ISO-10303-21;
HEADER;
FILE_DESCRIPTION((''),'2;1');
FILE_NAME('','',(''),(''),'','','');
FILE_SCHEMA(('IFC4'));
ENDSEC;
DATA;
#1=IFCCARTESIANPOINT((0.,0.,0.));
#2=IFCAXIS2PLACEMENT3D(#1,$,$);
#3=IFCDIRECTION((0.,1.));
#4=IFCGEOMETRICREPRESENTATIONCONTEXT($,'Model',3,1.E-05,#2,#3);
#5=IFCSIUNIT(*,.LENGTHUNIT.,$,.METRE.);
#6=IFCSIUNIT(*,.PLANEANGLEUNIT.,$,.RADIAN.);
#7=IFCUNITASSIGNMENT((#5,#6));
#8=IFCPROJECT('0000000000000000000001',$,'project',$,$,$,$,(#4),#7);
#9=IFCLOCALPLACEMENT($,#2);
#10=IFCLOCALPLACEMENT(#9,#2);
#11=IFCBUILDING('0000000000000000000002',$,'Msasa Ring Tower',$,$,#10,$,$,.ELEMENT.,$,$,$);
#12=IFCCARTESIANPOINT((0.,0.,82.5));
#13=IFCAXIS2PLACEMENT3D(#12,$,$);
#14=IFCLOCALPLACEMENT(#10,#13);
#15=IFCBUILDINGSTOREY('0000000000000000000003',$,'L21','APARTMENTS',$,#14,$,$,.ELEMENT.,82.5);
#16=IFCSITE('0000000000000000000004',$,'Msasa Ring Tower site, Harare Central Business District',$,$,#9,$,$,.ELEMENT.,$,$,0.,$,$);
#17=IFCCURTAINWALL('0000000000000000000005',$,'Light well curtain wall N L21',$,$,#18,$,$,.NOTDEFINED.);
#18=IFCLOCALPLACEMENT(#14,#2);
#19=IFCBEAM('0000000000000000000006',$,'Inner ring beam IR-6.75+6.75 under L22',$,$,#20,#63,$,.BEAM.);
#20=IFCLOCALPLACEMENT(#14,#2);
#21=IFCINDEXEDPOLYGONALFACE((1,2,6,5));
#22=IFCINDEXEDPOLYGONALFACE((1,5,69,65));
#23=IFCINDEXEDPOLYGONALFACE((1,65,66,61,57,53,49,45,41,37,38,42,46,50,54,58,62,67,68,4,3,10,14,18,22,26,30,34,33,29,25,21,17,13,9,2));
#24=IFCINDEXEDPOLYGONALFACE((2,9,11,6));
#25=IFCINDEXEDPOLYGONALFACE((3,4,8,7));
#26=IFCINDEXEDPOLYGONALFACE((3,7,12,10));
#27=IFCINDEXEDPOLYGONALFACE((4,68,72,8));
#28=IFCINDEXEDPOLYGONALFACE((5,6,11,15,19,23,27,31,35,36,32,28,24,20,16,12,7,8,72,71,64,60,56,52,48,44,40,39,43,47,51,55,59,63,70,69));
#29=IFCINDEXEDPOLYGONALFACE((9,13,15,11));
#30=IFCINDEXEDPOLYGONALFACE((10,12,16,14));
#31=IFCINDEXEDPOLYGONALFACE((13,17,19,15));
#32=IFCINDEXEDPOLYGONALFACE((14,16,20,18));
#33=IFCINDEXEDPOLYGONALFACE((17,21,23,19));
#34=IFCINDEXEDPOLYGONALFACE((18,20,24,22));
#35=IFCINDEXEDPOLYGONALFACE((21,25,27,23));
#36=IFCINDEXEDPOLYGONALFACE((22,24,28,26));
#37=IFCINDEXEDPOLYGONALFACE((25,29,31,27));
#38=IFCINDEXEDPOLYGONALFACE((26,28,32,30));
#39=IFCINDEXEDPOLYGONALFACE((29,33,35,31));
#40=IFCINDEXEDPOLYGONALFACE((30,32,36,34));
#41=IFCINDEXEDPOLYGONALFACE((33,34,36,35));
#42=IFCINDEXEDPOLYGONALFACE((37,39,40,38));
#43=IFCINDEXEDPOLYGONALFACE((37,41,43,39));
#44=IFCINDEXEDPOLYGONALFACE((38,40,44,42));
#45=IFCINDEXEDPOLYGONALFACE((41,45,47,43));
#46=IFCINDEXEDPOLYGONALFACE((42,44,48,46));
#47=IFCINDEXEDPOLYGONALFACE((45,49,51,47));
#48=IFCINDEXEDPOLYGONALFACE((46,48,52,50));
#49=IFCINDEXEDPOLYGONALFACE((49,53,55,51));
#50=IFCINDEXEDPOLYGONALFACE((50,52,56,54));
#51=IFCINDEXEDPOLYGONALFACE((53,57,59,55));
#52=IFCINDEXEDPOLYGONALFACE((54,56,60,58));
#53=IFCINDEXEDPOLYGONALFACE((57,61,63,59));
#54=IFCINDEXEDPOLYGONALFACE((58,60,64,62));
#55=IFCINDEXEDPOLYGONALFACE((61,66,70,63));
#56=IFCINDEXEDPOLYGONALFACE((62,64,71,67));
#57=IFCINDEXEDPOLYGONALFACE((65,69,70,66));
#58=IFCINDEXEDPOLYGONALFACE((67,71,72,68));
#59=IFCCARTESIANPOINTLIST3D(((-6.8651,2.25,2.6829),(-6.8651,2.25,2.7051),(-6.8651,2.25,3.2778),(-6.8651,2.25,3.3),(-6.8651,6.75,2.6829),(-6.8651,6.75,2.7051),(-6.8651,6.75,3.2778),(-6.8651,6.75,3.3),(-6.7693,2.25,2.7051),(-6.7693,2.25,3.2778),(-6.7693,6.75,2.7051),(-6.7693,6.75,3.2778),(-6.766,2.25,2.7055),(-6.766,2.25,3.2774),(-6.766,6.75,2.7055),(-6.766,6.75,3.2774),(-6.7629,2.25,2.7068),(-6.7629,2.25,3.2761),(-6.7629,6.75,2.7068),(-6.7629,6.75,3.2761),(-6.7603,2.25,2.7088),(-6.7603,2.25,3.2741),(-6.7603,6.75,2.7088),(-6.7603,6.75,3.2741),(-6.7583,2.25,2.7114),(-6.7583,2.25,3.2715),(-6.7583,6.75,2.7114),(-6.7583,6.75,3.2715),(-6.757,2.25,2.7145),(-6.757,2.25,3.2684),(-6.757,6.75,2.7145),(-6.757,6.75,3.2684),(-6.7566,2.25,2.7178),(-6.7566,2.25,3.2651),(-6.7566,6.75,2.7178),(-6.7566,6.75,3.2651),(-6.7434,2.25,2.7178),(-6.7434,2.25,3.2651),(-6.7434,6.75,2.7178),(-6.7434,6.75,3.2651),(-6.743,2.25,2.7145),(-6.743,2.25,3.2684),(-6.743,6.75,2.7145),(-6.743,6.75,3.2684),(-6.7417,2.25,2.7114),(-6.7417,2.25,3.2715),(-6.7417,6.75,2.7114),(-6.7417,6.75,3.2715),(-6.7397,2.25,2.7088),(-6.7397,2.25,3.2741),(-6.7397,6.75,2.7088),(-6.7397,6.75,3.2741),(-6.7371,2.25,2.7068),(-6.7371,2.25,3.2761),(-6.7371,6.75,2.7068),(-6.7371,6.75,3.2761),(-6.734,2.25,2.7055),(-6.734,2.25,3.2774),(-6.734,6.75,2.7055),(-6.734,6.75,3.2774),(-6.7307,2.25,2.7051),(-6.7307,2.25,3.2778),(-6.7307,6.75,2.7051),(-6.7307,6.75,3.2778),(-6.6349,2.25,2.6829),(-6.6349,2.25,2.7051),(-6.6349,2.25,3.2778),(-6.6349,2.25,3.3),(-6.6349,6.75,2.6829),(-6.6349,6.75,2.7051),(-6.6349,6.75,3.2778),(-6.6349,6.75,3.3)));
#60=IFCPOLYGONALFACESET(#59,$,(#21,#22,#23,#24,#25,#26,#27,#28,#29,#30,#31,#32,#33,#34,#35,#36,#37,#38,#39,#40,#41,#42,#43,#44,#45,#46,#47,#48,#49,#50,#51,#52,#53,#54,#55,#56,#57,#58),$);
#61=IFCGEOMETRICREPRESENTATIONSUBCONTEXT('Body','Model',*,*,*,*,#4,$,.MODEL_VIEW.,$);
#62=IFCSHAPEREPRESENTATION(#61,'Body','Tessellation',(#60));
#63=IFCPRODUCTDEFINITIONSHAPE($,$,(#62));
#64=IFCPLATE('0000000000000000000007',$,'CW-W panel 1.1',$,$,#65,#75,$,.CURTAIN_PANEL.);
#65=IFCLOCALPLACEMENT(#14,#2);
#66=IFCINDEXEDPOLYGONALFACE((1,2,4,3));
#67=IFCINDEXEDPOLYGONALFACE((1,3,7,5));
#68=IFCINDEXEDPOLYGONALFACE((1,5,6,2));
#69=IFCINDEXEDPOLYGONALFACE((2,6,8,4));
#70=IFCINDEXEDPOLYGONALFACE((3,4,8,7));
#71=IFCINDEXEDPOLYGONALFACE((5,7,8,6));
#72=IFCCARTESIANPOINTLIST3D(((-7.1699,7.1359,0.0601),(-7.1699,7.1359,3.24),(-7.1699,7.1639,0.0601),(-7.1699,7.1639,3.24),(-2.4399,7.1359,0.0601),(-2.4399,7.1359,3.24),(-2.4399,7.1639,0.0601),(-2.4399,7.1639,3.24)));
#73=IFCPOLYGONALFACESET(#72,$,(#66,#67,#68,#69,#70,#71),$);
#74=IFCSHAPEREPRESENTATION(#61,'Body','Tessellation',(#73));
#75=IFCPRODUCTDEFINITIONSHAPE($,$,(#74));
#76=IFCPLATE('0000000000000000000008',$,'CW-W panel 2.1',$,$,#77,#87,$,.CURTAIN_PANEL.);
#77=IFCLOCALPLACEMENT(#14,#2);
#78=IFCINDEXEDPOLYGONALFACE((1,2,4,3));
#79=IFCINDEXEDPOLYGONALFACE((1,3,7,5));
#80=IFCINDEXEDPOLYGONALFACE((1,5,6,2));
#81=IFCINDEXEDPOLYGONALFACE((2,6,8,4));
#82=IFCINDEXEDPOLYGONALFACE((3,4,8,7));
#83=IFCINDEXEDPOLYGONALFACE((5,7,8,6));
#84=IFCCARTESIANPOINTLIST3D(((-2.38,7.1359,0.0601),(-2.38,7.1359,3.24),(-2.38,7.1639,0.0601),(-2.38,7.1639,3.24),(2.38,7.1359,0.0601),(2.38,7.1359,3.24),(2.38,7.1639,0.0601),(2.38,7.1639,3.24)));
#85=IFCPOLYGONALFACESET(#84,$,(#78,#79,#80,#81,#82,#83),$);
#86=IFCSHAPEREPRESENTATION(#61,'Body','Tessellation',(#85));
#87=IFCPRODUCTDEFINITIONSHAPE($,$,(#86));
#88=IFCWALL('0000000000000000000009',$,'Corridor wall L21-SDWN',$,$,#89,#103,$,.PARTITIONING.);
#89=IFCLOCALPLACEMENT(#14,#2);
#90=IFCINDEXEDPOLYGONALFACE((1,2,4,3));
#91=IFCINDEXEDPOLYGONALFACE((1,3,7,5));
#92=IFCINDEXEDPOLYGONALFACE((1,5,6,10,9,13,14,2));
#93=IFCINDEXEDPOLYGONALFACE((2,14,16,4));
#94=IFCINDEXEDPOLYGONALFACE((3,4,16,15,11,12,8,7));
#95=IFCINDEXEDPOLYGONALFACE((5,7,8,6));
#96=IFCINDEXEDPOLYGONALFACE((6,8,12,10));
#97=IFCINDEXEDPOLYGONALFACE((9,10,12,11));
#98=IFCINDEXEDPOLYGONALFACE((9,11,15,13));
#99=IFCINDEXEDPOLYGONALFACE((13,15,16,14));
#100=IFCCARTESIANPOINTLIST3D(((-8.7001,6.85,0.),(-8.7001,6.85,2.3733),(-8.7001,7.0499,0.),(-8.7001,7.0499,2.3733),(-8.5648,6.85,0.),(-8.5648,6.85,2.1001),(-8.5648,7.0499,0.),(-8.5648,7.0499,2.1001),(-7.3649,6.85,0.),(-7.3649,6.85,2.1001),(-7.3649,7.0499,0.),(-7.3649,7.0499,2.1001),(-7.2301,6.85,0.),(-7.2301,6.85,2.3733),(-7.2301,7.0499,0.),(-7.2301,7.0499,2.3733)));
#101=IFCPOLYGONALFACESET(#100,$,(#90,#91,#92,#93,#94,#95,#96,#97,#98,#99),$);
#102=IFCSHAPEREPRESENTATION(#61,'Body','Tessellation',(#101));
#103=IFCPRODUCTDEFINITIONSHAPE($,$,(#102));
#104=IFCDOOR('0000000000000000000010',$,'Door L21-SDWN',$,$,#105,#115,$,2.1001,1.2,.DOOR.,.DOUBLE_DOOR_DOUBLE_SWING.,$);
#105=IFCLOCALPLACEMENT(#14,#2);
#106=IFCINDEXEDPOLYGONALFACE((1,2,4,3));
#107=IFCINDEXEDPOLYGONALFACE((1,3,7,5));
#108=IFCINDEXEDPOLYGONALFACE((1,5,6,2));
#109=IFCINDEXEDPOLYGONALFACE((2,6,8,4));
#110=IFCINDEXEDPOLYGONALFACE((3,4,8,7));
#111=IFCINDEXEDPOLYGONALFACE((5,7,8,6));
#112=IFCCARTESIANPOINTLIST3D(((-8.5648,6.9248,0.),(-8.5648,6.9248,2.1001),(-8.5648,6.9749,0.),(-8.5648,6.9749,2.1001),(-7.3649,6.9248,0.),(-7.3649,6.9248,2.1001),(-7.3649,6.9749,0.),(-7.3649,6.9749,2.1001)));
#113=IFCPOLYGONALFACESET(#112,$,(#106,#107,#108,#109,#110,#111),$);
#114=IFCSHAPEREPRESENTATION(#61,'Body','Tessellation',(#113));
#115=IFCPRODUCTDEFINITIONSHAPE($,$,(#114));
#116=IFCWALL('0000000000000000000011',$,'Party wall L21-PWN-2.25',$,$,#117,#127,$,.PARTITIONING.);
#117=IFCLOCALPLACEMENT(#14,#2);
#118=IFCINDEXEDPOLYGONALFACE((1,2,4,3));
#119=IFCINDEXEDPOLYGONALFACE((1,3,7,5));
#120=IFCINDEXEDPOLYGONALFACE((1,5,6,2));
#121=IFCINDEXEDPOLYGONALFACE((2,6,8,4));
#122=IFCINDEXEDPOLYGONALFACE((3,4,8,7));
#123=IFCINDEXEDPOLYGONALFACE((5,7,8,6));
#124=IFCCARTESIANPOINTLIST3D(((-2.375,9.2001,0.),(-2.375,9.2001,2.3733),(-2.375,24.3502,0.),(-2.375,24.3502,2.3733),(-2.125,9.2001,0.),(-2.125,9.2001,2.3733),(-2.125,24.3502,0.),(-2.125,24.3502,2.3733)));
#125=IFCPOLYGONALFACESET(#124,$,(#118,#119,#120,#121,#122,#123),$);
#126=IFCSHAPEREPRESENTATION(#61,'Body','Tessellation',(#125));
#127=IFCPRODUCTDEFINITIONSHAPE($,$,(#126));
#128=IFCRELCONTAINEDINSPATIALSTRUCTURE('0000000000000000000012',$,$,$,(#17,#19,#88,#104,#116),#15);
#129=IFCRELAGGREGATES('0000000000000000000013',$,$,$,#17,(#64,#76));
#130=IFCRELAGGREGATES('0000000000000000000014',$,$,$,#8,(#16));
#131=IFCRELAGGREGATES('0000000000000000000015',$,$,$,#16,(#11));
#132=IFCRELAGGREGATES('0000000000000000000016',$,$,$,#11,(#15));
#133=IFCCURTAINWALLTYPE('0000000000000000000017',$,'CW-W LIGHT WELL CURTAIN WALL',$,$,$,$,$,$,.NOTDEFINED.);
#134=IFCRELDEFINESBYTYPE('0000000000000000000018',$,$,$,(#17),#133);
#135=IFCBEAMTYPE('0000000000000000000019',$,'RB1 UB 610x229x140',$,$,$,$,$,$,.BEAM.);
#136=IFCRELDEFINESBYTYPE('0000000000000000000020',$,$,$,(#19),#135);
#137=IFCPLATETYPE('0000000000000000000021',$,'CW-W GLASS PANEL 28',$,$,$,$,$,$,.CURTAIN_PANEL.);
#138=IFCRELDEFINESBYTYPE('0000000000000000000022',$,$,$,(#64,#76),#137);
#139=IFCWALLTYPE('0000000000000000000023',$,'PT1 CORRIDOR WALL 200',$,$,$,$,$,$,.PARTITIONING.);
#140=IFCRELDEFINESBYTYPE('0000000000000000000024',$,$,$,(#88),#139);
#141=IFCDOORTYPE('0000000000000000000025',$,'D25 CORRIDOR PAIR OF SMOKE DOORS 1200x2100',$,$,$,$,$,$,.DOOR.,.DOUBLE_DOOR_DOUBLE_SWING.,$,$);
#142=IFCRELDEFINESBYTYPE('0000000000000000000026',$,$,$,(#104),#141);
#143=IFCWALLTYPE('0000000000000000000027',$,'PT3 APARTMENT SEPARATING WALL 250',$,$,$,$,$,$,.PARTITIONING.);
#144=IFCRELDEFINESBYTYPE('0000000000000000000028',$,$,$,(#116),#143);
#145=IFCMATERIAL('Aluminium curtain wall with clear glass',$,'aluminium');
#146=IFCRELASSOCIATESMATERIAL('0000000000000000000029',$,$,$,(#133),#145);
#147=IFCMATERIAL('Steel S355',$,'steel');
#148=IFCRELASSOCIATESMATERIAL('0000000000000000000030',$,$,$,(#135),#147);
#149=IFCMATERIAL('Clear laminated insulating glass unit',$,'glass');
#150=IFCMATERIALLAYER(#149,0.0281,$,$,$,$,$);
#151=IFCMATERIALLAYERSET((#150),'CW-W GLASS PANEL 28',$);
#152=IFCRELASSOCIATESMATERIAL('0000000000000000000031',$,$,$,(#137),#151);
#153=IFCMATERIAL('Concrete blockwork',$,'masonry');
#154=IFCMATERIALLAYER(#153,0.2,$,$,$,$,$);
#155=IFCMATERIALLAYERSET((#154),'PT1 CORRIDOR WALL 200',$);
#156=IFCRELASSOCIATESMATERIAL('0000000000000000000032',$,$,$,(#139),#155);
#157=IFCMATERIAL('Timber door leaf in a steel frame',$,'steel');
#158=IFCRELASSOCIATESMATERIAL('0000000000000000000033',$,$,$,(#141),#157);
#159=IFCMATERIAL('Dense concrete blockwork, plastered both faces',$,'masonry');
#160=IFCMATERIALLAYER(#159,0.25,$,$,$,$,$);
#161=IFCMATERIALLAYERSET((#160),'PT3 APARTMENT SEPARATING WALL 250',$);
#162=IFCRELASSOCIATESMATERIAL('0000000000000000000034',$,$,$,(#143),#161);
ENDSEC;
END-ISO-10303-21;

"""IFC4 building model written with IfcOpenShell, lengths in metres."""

from ifc_helpers import new_model, si_unit, direction, frame, frame_2d, origin, origin_2d, place, context, subcontext, project, spatial, rectangle, i_section, extrude, material, layer, layer_set, material_profile, profile_set, type_object, element, fill, aggregate, save


model = new_model("IFC4")

# Units and contexts
model_context = context("Model", 3, precision=1e-05, world=origin(), true_north=direction((0.0, 1.0)))
body_context = subcontext(model_context, "Body", "Model", "MODEL_VIEW")
ifc_project = project(units=[si_unit("LENGTHUNIT", "METRE"), si_unit("PLANEANGLEUNIT", "RADIAN")], contexts=[model_context])

# Site, building, storey
site_placement = place(None, origin())
site = spatial("IfcSite", under=ifc_project, at=site_placement, Name="Msasa Ring Tower site, Harare Central Business District", CompositionType="ELEMENT", RefElevation=0.0)
building_placement = place(site_placement, origin())
building = spatial("IfcBuilding", under=site, at=building_placement, Name="Msasa Ring Tower", CompositionType="ELEMENT")
storey_placement = place(building_placement, frame((0.0, 0.0, 82.5)))
storey = spatial("IfcBuildingStorey", under=building, at=storey_placement, Name="L21", Description="APARTMENTS", CompositionType="ELEMENT", Elevation=82.5)

# Curtain wall
ifc_material_1 = material(Name="Aluminium curtain wall with clear glass", Category="aluminium")
curtain_wall_type = type_object("IfcCurtainWallType", Name="CW-W LIGHT WELL CURTAIN WALL", PredefinedType="NOTDEFINED", material=ifc_material_1)
curtain_wall_1_placement = place(storey_placement, origin())
curtain_wall_1 = element("IfcCurtainWall", 1, at=curtain_wall_1_placement, inside=storey, type_object=curtain_wall_type, Name="Light well curtain wall N L21", PredefinedType="NOTDEFINED")

# Beam
ifc_material_2 = material(Name="Steel S355", Category="steel")
ifc_material_profile_1 = material_profile(ifc_material_2, i_section(OverallWidth=0.2302, OverallDepth=0.6172, WebThickness=0.0132, FlangeThickness=0.0222, FilletRadius=0.0127, at=origin_2d()), Name="UB 610x229x140")
ifc_profile_set_1 = profile_set([ifc_material_profile_1], Name="Steel S355")
beam_type = type_object("IfcBeamType", Name="RB1 UB 610x229x140", PredefinedType="BEAM", material=ifc_profile_set_1)
for number, where, z_axis, x_axis, name in (
    (2, (-6.75, 6.75, 2.9915), (0.0, -1.0, 0.0), (1.0, 0.0, 0.0), "Inner ring beam IR-6.75+6.75 under L22"),
):
    element("IfcBeam", number, at=place(storey_placement, frame(where, z_axis=z_axis, x_axis=x_axis)), inside=storey, type_object=beam_type, Name=name, PredefinedType="BEAM", context=body_context, shape_type="SweptSolid", body=[
        extrude(i_section(OverallWidth=0.2302, OverallDepth=0.6172, WebThickness=0.0132, FlangeThickness=0.0222, FilletRadius=0.0127, at=origin_2d()), origin(), (0.0, 0.0, 1.0), 4.5),
    ])

# Plates
ifc_material_3 = material(Name="Clear laminated insulating glass unit", Category="glass")
ifc_layer_1 = layer(ifc_material_3, 0.0281)
ifc_layer_set_1 = layer_set([ifc_layer_1], Name="CW-W GLASS PANEL 28")
plate_type = type_object("IfcPlateType", Name="CW-W GLASS PANEL 28", PredefinedType="CURTAIN_PANEL", material=ifc_layer_set_1)
plate_1_placement = place(storey_placement, frame((-4.8049, 7.1499, 0.0601), z_axis=(0.0, 0.0, 1.0), x_axis=(1.0, 0.0, 0.0)))
plate_1 = element("IfcPlate", 3, at=plate_1_placement, type_object=plate_type, Name="CW-W panel 1.1", PredefinedType="CURTAIN_PANEL", context=body_context, shape_type="SweptSolid", body=[
    extrude(rectangle(XDim=4.73, YDim=0.0281, at=origin_2d()), origin(), (0.0, 0.0, 1.0), 3.1799),
])
plate_2_placement = place(storey_placement, frame((0.0, 7.1499, 0.0601), z_axis=(0.0, 0.0, 1.0), x_axis=(1.0, 0.0, 0.0)))
plate_2 = element("IfcPlate", 4, at=plate_2_placement, type_object=plate_type, Name="CW-W panel 2.1", PredefinedType="CURTAIN_PANEL", context=body_context, shape_type="SweptSolid", body=[
    extrude(rectangle(XDim=4.76, YDim=0.0281, at=origin_2d()), origin(), (0.0, 0.0, 1.0), 3.1799),
])
aggregate(curtain_wall_1, [plate_1, plate_2])

# Wall, opening, door
ifc_material_4 = material(Name="Concrete blockwork", Category="masonry")
ifc_layer_2 = layer(ifc_material_4, 0.2)
ifc_layer_set_2 = layer_set([ifc_layer_2], Name="PT1 CORRIDOR WALL 200")
wall_type_1 = type_object("IfcWallType", Name="PT1 CORRIDOR WALL 200", PredefinedType="PARTITIONING", material=ifc_layer_set_2)
wall_1_placement = place(storey_placement, frame((-8.7, 6.95, 0.0), z_axis=(0.0, 0.0, 1.0), x_axis=(1.0, 0.0, 0.0)))
wall_1 = element("IfcWall", 5, at=wall_1_placement, inside=storey, type_object=wall_type_1, Name="Corridor wall L21-SDWN", PredefinedType="PARTITIONING", context=body_context, shape_type="SweptSolid", body=[
    extrude(rectangle(XDim=1.47, YDim=0.2, at=frame_2d((0.7349, 0.0))), origin(), (0.0, 0.0, 1.0), 2.3733),
])
opening_1_placement = place(wall_1_placement, frame((0.135, 0.0, 0.0)))
opening_1 = element("IfcOpeningElement", 6, at=opening_1_placement, cuts=wall_1, PredefinedType="OPENING", context=body_context, shape_type="SweptSolid", body=[
    extrude(rectangle(XDim=1.2, YDim=2.1001, at=frame_2d((0.6001, 1.05))), frame((0.0, 0.1099, 0.0), z_axis=(0.0, -1.0, 0.0), x_axis=(1.0, 0.0, 0.0)), (0.0, 0.0, 1.0), 0.22),
])
ifc_material_5 = material(Name="Timber door leaf in a steel frame", Category="steel")
door_type_1 = type_object("IfcDoorType", Name="D25 CORRIDOR PAIR OF SMOKE DOORS 1200x2100", OperationType="DOUBLE_DOOR_DOUBLE_SWING", PredefinedType="DOOR", material=ifc_material_5)
door_1_placement = place(opening_1_placement, origin())
door_1 = element("IfcDoor", 7, at=door_1_placement, inside=storey, type_object=door_type_1, Name="Door L21-SDWN", OperationType="DOUBLE_DOOR_DOUBLE_SWING", OverallHeight=2.1001, OverallWidth=1.2, PredefinedType="DOOR", context=body_context, shape_type="SweptSolid", body=[
    extrude(rectangle(XDim=1.2, YDim=2.1001, at=frame_2d((0.6001, 1.05))), frame((0.0, 0.0249, 0.0), z_axis=(0.0, -1.0, 0.0), x_axis=(1.0, 0.0, 0.0)), (0.0, 0.0, 1.0), 0.05),
])
fill(opening_1, door_1)

# Wall
ifc_material_6 = material(Name="Dense concrete blockwork, plastered both faces", Category="masonry")
ifc_layer_3 = layer(ifc_material_6, 0.25)
ifc_layer_set_3 = layer_set([ifc_layer_3], Name="PT3 APARTMENT SEPARATING WALL 250")
wall_type_2 = type_object("IfcWallType", Name="PT3 APARTMENT SEPARATING WALL 250", PredefinedType="PARTITIONING", material=ifc_layer_set_3)
wall_2_placement = place(storey_placement, frame((-2.25, 9.2, 0.0), z_axis=(0.0, 0.0, 1.0), x_axis=(0.0, 1.0, 0.0)))
element("IfcWall", 8, at=wall_2_placement, inside=storey, type_object=wall_type_2, Name="Party wall L21-PWN-2.25", PredefinedType="PARTITIONING", context=body_context, shape_type="SweptSolid", body=[
    extrude(rectangle(XDim=15.1501, YDim=0.25, at=frame_2d((7.5752, 0.0))), origin(), (0.0, 0.0, 1.0), 2.3733),
])

save(model, "model.ifc")
